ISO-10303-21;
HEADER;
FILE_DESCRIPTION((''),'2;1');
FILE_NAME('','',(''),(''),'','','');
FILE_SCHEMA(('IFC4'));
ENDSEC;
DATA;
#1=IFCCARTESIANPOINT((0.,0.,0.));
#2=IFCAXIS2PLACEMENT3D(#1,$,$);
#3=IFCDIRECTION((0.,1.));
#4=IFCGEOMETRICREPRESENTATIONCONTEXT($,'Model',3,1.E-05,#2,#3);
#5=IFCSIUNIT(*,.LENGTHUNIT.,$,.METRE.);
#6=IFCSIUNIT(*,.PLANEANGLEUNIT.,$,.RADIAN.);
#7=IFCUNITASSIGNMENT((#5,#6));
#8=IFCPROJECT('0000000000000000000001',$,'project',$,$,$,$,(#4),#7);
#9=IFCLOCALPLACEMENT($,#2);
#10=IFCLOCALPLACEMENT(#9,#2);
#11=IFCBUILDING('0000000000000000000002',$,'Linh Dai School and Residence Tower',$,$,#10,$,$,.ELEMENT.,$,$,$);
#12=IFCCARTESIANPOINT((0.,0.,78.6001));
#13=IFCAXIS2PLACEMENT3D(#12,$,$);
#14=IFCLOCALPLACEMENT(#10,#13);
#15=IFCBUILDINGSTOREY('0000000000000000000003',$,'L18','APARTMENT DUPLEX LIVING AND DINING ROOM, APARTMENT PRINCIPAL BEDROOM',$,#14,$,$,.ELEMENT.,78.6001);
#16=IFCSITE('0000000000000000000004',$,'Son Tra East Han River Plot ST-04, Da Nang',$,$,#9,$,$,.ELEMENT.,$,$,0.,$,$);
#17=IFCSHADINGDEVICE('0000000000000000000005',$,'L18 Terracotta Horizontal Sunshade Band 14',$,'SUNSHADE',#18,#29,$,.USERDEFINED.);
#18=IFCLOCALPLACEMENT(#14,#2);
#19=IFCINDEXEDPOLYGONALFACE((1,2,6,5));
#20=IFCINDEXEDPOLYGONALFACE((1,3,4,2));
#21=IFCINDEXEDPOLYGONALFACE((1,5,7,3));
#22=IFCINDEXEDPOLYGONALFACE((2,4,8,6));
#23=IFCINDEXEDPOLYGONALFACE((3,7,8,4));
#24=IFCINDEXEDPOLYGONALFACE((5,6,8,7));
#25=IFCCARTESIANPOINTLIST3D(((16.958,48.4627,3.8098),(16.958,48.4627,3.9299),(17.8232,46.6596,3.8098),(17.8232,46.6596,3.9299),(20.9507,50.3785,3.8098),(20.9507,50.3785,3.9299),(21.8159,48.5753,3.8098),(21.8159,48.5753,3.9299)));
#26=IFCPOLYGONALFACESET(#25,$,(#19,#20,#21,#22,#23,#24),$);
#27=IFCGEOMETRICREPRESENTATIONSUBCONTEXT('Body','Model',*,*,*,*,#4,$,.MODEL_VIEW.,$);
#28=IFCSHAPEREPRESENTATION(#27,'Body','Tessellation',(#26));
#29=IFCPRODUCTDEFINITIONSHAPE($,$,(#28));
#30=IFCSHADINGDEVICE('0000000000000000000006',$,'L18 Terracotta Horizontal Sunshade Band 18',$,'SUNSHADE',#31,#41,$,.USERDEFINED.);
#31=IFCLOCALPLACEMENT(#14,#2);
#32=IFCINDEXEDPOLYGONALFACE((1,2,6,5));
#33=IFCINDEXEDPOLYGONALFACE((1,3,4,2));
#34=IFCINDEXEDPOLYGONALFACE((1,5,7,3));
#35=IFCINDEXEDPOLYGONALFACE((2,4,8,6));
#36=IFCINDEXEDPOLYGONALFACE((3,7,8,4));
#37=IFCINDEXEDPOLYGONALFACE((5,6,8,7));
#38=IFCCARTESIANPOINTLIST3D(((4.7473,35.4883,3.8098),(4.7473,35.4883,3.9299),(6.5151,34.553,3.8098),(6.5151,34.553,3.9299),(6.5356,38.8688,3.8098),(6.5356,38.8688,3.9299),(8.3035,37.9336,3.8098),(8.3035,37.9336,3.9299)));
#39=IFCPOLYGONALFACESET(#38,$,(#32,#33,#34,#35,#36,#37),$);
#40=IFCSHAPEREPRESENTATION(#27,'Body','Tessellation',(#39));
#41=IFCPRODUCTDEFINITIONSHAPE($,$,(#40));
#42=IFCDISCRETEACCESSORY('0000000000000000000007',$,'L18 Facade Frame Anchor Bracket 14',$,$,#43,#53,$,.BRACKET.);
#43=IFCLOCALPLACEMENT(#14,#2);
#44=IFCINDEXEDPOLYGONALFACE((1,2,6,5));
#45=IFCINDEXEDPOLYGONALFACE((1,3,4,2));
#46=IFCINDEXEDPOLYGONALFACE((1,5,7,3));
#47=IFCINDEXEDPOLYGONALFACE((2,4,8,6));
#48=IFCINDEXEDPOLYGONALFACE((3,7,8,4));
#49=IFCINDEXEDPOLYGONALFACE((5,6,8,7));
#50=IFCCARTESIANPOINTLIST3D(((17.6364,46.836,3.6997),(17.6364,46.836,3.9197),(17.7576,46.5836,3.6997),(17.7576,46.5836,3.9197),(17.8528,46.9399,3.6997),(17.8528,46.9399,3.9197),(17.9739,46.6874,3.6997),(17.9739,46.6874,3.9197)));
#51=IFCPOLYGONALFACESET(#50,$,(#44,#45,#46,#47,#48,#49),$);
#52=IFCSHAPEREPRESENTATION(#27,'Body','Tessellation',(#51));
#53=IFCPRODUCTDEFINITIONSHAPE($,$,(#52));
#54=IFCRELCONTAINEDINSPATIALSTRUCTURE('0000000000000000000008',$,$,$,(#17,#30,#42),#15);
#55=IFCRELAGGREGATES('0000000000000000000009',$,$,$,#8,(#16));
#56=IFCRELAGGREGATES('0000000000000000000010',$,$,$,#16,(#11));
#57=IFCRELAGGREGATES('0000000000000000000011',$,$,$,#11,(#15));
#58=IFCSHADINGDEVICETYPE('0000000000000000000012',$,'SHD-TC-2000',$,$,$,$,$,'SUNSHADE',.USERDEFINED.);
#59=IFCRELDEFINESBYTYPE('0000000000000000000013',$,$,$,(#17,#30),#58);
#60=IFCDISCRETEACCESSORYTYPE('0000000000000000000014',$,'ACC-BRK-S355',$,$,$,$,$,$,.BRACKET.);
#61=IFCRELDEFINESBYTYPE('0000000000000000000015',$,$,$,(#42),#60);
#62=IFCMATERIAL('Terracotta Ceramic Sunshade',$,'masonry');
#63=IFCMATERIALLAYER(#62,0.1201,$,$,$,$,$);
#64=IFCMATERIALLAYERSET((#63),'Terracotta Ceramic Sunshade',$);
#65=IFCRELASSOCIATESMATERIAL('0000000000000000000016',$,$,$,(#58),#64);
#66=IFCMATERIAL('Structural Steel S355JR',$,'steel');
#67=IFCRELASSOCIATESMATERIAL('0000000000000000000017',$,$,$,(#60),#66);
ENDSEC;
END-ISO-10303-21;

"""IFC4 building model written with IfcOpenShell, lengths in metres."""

from ifc_helpers import new_model, si_unit, direction, frame, origin, origin_2d, place, context, subcontext, project, spatial, rectangle, extrude, source, transform, mapped, material, layer, layer_set, type_object, element, save


model = new_model("IFC4")

# Units and contexts
model_context = context("Model", 3, precision=1e-05, world=origin(), true_north=direction((0.0, 1.0)))
body_context = subcontext(model_context, "Body", "Model", "MODEL_VIEW")
ifc_project = project(units=[si_unit("LENGTHUNIT", "METRE"), si_unit("PLANEANGLEUNIT", "RADIAN")], contexts=[model_context])

# Site, building, storey
site_placement = place(None, origin())
site = spatial("IfcSite", under=ifc_project, at=site_placement, Name="Son Tra East Han River Plot ST-04, Da Nang", CompositionType="ELEMENT", RefElevation=0.0)
building_placement = place(site_placement, origin())
building = spatial("IfcBuilding", under=site, at=building_placement, Name="Linh Dai School and Residence Tower", CompositionType="ELEMENT")
storey_placement = place(building_placement, frame((0.0, 0.0, 78.6001)))
storey = spatial("IfcBuildingStorey", under=building, at=storey_placement, Name="L18", Description="APARTMENT DUPLEX LIVING AND DINING ROOM, APARTMENT PRINCIPAL BEDROOM", CompositionType="ELEMENT", Elevation=78.6001)

# Shared definitions
ifc_material_1 = material(Name="Structural Steel S355JR", Category="steel")

# Shading devices
ifc_material_2 = material(Name="Terracotta Ceramic Sunshade", Category="masonry")
ifc_layer_1 = layer(ifc_material_2, 0.1201)
ifc_layer_set_1 = layer_set([ifc_layer_1], Name="Terracotta Ceramic Sunshade")
shading_device_type = type_object("IfcShadingDeviceType", Name="SHD-TC-2000", ElementType="SUNSHADE", PredefinedType="USERDEFINED", material=ifc_layer_set_1)
shared_shape_1 = source(origin(), body_context, "Body", "SweptSolid", [
    extrude(rectangle(XDim=4.4285, YDim=2.0, at=origin_2d()), origin(), (0.0, 0.0, 1.0), 0.1201),
])
shading_device_1_placement = place(storey_placement, frame((19.387, 48.519, 3.8098), z_axis=(0.0, 0.0, 1.0), x_axis=(0.901585, 0.432603, 0.0)))
element("IfcShadingDevice", 1, at=shading_device_1_placement, inside=storey, type_object=shading_device_type, Name="L18 Terracotta Horizontal Sunshade Band 14", ObjectType="SUNSHADE", PredefinedType="USERDEFINED", context=body_context, shape_type="MappedRepresentation", body=[
    mapped(shared_shape_1, transform((0.0, 0.0, 0.0), x_axis=(1.0, 0.0, 0.0), y_axis=(0.0, 1.0, 0.0), z_axis=(0.0, 0.0, 1.0), scale=1.0)),
])
shared_shape_2 = source(origin(), body_context, "Body", "SweptSolid", [
    extrude(rectangle(XDim=3.8245, YDim=2.0, at=origin_2d()), origin(), (0.0, 0.0, 1.0), 0.1201),
])
shading_device_2_placement = place(storey_placement, frame((6.5254, 36.7109, 3.8098), z_axis=(0.0, 0.0, 1.0), x_axis=(0.467612, 0.883934, 0.0)))
element("IfcShadingDevice", 2, at=shading_device_2_placement, inside=storey, type_object=shading_device_type, Name="L18 Terracotta Horizontal Sunshade Band 18", ObjectType="SUNSHADE", PredefinedType="USERDEFINED", context=body_context, shape_type="MappedRepresentation", body=[
    mapped(shared_shape_2, transform((0.0, 0.0, 0.0), x_axis=(1.0, 0.0, 0.0), y_axis=(0.0, 1.0, 0.0), z_axis=(0.0, 0.0, 1.0), scale=1.0)),
])

# Discrete accessory
discrete_accessory_type = type_object("IfcDiscreteAccessoryType", Name="ACC-BRK-S355", PredefinedType="BRACKET", material=ifc_material_1)
shared_shape_3 = source(origin(), body_context, "Body", "SweptSolid", [
    extrude(rectangle(XDim=0.28, YDim=0.24, at=origin_2d()), origin(), (0.0, 0.0, 1.0), 0.22),
])
discrete_accessory_placement = place(storey_placement, frame((17.8052, 46.7617, 3.6997), z_axis=(0.0, 0.0, 1.0), x_axis=(-0.432603, 0.901585, 0.0)))
element("IfcDiscreteAccessory", 3, at=discrete_accessory_placement, inside=storey, type_object=discrete_accessory_type, Name="L18 Facade Frame Anchor Bracket 14", PredefinedType="BRACKET", context=body_context, shape_type="MappedRepresentation", body=[
    mapped(shared_shape_3, transform((0.0, 0.0, 0.0), x_axis=(1.0, 0.0, 0.0), y_axis=(0.0, 1.0, 0.0), z_axis=(0.0, 0.0, 1.0), scale=1.0)),
])

save(model, "model.ifc")
